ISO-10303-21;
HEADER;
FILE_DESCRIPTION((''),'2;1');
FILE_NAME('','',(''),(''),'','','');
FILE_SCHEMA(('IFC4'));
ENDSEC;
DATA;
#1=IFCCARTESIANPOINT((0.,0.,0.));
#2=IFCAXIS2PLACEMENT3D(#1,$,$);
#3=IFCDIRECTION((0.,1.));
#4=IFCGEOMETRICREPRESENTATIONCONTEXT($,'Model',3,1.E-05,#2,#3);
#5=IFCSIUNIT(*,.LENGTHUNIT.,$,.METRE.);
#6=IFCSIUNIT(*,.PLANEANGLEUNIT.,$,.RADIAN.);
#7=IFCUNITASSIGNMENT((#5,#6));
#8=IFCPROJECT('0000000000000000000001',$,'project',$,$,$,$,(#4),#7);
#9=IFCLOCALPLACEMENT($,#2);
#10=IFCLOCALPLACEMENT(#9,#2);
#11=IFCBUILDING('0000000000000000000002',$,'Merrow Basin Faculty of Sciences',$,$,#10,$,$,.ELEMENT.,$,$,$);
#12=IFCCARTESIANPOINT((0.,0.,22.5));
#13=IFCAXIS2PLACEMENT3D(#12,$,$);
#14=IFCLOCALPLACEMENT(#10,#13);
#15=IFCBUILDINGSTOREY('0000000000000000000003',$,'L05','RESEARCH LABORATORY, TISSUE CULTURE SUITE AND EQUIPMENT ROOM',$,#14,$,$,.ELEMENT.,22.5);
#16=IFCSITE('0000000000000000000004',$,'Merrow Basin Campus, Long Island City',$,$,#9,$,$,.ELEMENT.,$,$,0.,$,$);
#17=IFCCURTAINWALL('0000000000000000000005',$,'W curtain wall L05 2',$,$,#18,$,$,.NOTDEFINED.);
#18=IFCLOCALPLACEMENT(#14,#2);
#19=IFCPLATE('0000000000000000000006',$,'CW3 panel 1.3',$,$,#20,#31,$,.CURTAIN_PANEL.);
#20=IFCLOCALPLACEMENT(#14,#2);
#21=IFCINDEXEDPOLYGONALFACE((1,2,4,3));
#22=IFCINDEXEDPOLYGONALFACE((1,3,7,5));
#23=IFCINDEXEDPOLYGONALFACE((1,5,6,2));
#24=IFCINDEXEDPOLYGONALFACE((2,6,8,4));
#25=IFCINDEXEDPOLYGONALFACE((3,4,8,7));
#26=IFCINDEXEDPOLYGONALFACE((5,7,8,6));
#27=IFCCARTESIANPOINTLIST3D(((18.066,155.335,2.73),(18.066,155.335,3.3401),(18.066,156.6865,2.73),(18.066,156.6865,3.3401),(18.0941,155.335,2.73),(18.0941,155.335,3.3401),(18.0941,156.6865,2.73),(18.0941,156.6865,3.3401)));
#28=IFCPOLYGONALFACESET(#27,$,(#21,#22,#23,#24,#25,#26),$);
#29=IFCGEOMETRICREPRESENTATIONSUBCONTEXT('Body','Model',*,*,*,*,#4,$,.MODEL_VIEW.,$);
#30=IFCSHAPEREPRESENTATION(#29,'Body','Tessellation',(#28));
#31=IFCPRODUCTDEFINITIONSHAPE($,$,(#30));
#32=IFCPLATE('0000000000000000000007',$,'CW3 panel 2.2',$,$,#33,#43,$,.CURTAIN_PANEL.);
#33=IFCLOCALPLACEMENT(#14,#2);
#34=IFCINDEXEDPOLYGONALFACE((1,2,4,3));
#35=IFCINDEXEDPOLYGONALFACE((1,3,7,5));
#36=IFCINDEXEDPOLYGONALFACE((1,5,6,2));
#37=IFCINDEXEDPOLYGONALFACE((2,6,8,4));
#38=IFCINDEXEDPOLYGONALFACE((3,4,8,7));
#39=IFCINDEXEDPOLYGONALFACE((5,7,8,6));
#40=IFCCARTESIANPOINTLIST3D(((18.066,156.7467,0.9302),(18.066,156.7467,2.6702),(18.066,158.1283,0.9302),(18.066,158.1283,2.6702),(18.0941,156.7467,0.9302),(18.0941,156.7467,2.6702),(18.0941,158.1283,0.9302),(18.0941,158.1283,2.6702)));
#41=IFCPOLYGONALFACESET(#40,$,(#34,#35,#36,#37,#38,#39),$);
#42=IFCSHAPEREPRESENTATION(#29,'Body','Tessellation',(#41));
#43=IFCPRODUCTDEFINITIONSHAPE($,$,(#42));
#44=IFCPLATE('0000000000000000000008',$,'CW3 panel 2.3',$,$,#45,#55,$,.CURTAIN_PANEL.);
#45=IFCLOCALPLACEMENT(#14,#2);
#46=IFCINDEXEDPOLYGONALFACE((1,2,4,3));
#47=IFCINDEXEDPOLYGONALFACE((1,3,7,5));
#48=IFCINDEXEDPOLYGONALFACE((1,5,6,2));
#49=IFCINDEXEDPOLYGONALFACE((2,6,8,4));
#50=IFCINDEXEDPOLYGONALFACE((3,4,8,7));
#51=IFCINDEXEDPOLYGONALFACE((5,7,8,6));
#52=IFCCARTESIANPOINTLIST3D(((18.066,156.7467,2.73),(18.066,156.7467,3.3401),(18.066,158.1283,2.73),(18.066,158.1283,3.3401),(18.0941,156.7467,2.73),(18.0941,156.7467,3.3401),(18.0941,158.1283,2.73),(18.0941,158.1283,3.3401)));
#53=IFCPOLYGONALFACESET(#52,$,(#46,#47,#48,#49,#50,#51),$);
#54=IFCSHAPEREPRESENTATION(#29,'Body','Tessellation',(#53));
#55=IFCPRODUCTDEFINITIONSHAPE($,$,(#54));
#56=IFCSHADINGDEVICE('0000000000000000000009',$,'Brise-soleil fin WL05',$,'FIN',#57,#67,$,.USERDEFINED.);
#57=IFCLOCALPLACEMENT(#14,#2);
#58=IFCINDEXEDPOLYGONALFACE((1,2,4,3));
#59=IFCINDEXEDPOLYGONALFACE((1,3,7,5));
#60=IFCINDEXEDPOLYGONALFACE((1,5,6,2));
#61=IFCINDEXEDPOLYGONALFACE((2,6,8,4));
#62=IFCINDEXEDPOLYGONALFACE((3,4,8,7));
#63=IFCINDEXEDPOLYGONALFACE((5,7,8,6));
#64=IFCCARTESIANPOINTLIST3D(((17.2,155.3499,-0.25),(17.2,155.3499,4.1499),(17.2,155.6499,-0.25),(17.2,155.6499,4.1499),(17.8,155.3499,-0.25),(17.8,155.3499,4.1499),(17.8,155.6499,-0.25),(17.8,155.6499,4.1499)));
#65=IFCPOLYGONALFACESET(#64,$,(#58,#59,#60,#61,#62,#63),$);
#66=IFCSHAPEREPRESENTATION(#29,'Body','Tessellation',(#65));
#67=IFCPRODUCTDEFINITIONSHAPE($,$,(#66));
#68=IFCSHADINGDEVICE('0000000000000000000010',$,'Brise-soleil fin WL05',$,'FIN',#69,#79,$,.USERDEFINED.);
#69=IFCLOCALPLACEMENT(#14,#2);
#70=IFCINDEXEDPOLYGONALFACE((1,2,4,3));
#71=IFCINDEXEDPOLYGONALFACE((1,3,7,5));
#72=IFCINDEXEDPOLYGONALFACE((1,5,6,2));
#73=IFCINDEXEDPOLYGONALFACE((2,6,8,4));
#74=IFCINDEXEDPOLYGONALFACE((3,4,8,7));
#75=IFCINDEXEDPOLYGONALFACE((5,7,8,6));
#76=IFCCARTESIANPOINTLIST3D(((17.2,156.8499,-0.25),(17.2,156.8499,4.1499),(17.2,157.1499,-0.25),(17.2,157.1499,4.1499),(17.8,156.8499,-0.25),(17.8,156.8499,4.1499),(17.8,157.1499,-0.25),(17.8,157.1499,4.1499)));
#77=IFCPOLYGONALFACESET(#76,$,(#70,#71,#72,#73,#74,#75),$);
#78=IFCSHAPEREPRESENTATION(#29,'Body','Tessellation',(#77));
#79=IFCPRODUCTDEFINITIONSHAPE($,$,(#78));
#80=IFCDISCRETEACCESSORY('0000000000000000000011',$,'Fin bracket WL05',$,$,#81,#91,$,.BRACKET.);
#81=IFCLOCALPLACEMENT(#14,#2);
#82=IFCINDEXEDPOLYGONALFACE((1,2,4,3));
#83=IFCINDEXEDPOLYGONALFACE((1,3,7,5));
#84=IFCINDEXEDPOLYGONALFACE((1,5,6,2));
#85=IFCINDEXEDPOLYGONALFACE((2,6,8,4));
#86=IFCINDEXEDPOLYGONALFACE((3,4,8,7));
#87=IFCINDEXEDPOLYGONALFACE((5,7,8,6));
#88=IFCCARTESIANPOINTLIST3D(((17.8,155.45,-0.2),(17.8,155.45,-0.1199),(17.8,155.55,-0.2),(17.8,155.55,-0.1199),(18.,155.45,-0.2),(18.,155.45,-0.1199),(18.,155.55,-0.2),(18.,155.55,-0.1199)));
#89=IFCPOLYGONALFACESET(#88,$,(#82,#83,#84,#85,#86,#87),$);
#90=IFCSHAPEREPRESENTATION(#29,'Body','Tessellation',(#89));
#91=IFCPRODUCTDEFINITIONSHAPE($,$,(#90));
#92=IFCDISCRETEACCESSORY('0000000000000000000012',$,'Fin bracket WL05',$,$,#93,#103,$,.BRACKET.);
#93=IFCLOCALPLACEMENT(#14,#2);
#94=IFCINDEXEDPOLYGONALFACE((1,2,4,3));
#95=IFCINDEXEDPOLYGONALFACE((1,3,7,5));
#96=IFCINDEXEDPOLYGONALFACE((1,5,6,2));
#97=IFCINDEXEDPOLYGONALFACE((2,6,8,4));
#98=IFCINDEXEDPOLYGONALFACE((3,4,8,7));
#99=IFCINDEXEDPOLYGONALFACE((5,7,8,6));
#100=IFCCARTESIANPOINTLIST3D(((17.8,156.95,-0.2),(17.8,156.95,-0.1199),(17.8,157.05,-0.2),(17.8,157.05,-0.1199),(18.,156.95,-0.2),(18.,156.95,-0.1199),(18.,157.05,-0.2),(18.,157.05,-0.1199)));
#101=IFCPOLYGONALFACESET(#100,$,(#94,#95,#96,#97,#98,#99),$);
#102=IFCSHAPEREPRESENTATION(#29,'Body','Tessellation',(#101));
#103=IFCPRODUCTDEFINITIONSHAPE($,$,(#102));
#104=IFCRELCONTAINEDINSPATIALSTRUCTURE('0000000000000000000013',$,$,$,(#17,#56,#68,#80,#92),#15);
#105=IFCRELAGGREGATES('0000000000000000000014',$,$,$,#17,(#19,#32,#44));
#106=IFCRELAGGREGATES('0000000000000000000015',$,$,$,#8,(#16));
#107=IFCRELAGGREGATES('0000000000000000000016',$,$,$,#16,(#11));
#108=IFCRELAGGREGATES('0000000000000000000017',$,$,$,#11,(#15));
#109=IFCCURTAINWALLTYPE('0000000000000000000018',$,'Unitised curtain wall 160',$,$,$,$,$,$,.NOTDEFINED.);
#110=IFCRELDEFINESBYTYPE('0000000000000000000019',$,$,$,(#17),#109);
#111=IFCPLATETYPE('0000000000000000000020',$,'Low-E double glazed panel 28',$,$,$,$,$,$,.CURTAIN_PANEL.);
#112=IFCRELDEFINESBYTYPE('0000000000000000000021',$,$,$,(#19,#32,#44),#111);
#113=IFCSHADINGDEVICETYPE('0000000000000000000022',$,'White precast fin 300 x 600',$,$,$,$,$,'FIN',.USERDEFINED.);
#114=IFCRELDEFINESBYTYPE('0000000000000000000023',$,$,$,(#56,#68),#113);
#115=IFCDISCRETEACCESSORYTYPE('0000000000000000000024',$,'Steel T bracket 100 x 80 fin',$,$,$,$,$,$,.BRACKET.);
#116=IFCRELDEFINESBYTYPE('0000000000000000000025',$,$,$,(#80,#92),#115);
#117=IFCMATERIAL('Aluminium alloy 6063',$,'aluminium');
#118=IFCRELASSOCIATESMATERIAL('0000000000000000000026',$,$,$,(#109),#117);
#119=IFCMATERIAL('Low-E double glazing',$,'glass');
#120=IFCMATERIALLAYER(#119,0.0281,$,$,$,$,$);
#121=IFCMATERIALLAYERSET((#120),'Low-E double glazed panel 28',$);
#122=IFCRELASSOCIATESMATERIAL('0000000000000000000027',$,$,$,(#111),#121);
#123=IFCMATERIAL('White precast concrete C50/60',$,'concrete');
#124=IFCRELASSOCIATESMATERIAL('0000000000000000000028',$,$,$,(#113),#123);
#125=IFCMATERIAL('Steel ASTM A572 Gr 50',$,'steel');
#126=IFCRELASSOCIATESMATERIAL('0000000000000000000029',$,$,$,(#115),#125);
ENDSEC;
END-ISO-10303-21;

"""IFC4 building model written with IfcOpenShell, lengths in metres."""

from ifc_helpers import new_model, si_unit, direction, frame, origin, origin_2d, place, context, subcontext, project, spatial, polyline, rectangle, outline, extrude, source, transform, mapped, material, layer, layer_set, type_object, element, aggregate, save


model = new_model("IFC4")

# Units and contexts
model_context = context("Model", 3, precision=1e-05, world=origin(), true_north=direction((0.0, 1.0)))
body_context = subcontext(model_context, "Body", "Model", "MODEL_VIEW")
ifc_project = project(units=[si_unit("LENGTHUNIT", "METRE"), si_unit("PLANEANGLEUNIT", "RADIAN")], contexts=[model_context])

# Site, building, storey
site_placement = place(None, origin())
site = spatial("IfcSite", under=ifc_project, at=site_placement, Name="Merrow Basin Campus, Long Island City", CompositionType="ELEMENT", RefElevation=0.0)
building_placement = place(site_placement, origin())
building = spatial("IfcBuilding", under=site, at=building_placement, Name="Merrow Basin Faculty of Sciences", CompositionType="ELEMENT")
storey_placement = place(building_placement, frame((0.0, 0.0, 22.5)))
storey = spatial("IfcBuildingStorey", under=building, at=storey_placement, Name="L05", Description="RESEARCH LABORATORY, TISSUE CULTURE SUITE AND EQUIPMENT ROOM", CompositionType="ELEMENT", Elevation=22.5)

# Curtain wall, plates
ifc_material_1 = material(Name="Aluminium alloy 6063", Category="aluminium")
curtain_wall_type = type_object("IfcCurtainWallType", Name="Unitised curtain wall 160", PredefinedType="NOTDEFINED", material=ifc_material_1)
curtain_wall_placement = place(storey_placement, origin())
curtain_wall = element("IfcCurtainWall", 1, at=curtain_wall_placement, inside=storey, type_object=curtain_wall_type, Name="W curtain wall L05 2", PredefinedType="NOTDEFINED")
ifc_material_2 = material(Name="Low-E double glazing", Category="glass")
ifc_layer_1 = layer(ifc_material_2, 0.0281)
ifc_layer_set_1 = layer_set([ifc_layer_1], Name="Low-E double glazed panel 28")
plate_type_1 = type_object("IfcPlateType", Name="Low-E double glazed panel 28", PredefinedType="CURTAIN_PANEL", material=ifc_layer_set_1)
plate_1_placement = place(storey_placement, frame((18.0801, 156.0107, 2.73), z_axis=(0.0, 0.0, 1.0), x_axis=(0.0, 1.0, 0.0)))
plate_1 = element("IfcPlate", 2, at=plate_1_placement, type_object=plate_type_1, Name="CW3 panel 1.3", PredefinedType="CURTAIN_PANEL", context=body_context, shape_type="SweptSolid", body=[
    extrude(rectangle(XDim=1.3516, YDim=0.0281, at=origin_2d()), origin(), (0.0, 0.0, 1.0), 0.6101),
])
plate_2_placement = place(storey_placement, frame((18.0801, 157.4375, 0.9302), z_axis=(0.0, 0.0, 1.0), x_axis=(0.0, 1.0, 0.0)))
plate_2 = element("IfcPlate", 3, at=plate_2_placement, type_object=plate_type_1, Name="CW3 panel 2.2", PredefinedType="CURTAIN_PANEL", context=body_context, shape_type="SweptSolid", body=[
    extrude(rectangle(XDim=1.3816, YDim=0.0281, at=origin_2d()), origin(), (0.0, 0.0, 1.0), 1.74),
])
plate_3_placement = place(storey_placement, frame((18.0801, 157.4375, 2.73), z_axis=(0.0, 0.0, 1.0), x_axis=(0.0, 1.0, 0.0)))
plate_3 = element("IfcPlate", 4, at=plate_3_placement, type_object=plate_type_1, Name="CW3 panel 2.3", PredefinedType="CURTAIN_PANEL", context=body_context, shape_type="SweptSolid", body=[
    extrude(rectangle(XDim=1.3816, YDim=0.0281, at=origin_2d()), origin(), (0.0, 0.0, 1.0), 0.6101),
])
aggregate(curtain_wall, [plate_1, plate_2, plate_3])

# Shading devices
ifc_material_3 = material(Name="White precast concrete C50/60", Category="concrete")
shading_device_type = type_object("IfcShadingDeviceType", Name="White precast fin 300 x 600", ElementType="FIN", PredefinedType="USERDEFINED", material=ifc_material_3)
shared_shape_1 = source(origin(), body_context, "Body", "SweptSolid", [
    extrude(outline(polyline([(0.0, 0.0), (0.3, 0.0), (0.3, 4.3999), (0.0, 4.3999), (0.0, 0.0)])), origin(), (0.0, 0.0, 1.0), 0.6001),
])
for number, where, z_axis, x_axis, name in (
    (5, (17.8, 155.6499, -0.25), (-1.0, 0.0, 0.0), (0.0, -1.0, 0.0), "Brise-soleil fin WL05"),
    (6, (17.8, 157.1499, -0.25), (-1.0, 0.0, 0.0), (0.0, -1.0, 0.0), "Brise-soleil fin WL05"),
):
    element("IfcShadingDevice", number, at=place(storey_placement, frame(where, z_axis=z_axis, x_axis=x_axis)), inside=storey, type_object=shading_device_type, Name=name, ObjectType="FIN", PredefinedType="USERDEFINED", context=body_context, shape_type="MappedRepresentation", body=[
        mapped(shared_shape_1, transform((0.0, 0.0, 0.0), scale=1.0)),
    ])

# Discrete accessories
ifc_material_4 = material(Name="Steel ASTM A572 Gr 50", Category="steel")
discrete_accessory_type = type_object("IfcDiscreteAccessoryType", Name="Steel T bracket 100 x 80 fin", PredefinedType="BRACKET", material=ifc_material_4)
shared_shape_2 = source(origin(), body_context, "Body", "SweptSolid", [
    extrude(outline(polyline([(0.0, 0.0), (0.1001, 0.0), (0.1001, 0.0801), (0.0, 0.0801), (0.0, 0.0)])), origin(), (0.0, 0.0, 1.0), 0.2),
])
for number, where, z_axis, x_axis, name in (
    (7, (18.0, 155.55, -0.2), (-1.0, 0.0, 0.0), (0.0, -1.0, 0.0), "Fin bracket WL05"),
    (8, (18.0, 157.05, -0.2), (-1.0, 0.0, 0.0), (0.0, -1.0, 0.0), "Fin bracket WL05"),
):
    element("IfcDiscreteAccessory", number, at=place(storey_placement, frame(where, z_axis=z_axis, x_axis=x_axis)), inside=storey, type_object=discrete_accessory_type, Name=name, PredefinedType="BRACKET", context=body_context, shape_type="MappedRepresentation", body=[
        mapped(shared_shape_2, transform((0.0, 0.0, 0.0), scale=1.0)),
    ])

save(model, "model.ifc")
